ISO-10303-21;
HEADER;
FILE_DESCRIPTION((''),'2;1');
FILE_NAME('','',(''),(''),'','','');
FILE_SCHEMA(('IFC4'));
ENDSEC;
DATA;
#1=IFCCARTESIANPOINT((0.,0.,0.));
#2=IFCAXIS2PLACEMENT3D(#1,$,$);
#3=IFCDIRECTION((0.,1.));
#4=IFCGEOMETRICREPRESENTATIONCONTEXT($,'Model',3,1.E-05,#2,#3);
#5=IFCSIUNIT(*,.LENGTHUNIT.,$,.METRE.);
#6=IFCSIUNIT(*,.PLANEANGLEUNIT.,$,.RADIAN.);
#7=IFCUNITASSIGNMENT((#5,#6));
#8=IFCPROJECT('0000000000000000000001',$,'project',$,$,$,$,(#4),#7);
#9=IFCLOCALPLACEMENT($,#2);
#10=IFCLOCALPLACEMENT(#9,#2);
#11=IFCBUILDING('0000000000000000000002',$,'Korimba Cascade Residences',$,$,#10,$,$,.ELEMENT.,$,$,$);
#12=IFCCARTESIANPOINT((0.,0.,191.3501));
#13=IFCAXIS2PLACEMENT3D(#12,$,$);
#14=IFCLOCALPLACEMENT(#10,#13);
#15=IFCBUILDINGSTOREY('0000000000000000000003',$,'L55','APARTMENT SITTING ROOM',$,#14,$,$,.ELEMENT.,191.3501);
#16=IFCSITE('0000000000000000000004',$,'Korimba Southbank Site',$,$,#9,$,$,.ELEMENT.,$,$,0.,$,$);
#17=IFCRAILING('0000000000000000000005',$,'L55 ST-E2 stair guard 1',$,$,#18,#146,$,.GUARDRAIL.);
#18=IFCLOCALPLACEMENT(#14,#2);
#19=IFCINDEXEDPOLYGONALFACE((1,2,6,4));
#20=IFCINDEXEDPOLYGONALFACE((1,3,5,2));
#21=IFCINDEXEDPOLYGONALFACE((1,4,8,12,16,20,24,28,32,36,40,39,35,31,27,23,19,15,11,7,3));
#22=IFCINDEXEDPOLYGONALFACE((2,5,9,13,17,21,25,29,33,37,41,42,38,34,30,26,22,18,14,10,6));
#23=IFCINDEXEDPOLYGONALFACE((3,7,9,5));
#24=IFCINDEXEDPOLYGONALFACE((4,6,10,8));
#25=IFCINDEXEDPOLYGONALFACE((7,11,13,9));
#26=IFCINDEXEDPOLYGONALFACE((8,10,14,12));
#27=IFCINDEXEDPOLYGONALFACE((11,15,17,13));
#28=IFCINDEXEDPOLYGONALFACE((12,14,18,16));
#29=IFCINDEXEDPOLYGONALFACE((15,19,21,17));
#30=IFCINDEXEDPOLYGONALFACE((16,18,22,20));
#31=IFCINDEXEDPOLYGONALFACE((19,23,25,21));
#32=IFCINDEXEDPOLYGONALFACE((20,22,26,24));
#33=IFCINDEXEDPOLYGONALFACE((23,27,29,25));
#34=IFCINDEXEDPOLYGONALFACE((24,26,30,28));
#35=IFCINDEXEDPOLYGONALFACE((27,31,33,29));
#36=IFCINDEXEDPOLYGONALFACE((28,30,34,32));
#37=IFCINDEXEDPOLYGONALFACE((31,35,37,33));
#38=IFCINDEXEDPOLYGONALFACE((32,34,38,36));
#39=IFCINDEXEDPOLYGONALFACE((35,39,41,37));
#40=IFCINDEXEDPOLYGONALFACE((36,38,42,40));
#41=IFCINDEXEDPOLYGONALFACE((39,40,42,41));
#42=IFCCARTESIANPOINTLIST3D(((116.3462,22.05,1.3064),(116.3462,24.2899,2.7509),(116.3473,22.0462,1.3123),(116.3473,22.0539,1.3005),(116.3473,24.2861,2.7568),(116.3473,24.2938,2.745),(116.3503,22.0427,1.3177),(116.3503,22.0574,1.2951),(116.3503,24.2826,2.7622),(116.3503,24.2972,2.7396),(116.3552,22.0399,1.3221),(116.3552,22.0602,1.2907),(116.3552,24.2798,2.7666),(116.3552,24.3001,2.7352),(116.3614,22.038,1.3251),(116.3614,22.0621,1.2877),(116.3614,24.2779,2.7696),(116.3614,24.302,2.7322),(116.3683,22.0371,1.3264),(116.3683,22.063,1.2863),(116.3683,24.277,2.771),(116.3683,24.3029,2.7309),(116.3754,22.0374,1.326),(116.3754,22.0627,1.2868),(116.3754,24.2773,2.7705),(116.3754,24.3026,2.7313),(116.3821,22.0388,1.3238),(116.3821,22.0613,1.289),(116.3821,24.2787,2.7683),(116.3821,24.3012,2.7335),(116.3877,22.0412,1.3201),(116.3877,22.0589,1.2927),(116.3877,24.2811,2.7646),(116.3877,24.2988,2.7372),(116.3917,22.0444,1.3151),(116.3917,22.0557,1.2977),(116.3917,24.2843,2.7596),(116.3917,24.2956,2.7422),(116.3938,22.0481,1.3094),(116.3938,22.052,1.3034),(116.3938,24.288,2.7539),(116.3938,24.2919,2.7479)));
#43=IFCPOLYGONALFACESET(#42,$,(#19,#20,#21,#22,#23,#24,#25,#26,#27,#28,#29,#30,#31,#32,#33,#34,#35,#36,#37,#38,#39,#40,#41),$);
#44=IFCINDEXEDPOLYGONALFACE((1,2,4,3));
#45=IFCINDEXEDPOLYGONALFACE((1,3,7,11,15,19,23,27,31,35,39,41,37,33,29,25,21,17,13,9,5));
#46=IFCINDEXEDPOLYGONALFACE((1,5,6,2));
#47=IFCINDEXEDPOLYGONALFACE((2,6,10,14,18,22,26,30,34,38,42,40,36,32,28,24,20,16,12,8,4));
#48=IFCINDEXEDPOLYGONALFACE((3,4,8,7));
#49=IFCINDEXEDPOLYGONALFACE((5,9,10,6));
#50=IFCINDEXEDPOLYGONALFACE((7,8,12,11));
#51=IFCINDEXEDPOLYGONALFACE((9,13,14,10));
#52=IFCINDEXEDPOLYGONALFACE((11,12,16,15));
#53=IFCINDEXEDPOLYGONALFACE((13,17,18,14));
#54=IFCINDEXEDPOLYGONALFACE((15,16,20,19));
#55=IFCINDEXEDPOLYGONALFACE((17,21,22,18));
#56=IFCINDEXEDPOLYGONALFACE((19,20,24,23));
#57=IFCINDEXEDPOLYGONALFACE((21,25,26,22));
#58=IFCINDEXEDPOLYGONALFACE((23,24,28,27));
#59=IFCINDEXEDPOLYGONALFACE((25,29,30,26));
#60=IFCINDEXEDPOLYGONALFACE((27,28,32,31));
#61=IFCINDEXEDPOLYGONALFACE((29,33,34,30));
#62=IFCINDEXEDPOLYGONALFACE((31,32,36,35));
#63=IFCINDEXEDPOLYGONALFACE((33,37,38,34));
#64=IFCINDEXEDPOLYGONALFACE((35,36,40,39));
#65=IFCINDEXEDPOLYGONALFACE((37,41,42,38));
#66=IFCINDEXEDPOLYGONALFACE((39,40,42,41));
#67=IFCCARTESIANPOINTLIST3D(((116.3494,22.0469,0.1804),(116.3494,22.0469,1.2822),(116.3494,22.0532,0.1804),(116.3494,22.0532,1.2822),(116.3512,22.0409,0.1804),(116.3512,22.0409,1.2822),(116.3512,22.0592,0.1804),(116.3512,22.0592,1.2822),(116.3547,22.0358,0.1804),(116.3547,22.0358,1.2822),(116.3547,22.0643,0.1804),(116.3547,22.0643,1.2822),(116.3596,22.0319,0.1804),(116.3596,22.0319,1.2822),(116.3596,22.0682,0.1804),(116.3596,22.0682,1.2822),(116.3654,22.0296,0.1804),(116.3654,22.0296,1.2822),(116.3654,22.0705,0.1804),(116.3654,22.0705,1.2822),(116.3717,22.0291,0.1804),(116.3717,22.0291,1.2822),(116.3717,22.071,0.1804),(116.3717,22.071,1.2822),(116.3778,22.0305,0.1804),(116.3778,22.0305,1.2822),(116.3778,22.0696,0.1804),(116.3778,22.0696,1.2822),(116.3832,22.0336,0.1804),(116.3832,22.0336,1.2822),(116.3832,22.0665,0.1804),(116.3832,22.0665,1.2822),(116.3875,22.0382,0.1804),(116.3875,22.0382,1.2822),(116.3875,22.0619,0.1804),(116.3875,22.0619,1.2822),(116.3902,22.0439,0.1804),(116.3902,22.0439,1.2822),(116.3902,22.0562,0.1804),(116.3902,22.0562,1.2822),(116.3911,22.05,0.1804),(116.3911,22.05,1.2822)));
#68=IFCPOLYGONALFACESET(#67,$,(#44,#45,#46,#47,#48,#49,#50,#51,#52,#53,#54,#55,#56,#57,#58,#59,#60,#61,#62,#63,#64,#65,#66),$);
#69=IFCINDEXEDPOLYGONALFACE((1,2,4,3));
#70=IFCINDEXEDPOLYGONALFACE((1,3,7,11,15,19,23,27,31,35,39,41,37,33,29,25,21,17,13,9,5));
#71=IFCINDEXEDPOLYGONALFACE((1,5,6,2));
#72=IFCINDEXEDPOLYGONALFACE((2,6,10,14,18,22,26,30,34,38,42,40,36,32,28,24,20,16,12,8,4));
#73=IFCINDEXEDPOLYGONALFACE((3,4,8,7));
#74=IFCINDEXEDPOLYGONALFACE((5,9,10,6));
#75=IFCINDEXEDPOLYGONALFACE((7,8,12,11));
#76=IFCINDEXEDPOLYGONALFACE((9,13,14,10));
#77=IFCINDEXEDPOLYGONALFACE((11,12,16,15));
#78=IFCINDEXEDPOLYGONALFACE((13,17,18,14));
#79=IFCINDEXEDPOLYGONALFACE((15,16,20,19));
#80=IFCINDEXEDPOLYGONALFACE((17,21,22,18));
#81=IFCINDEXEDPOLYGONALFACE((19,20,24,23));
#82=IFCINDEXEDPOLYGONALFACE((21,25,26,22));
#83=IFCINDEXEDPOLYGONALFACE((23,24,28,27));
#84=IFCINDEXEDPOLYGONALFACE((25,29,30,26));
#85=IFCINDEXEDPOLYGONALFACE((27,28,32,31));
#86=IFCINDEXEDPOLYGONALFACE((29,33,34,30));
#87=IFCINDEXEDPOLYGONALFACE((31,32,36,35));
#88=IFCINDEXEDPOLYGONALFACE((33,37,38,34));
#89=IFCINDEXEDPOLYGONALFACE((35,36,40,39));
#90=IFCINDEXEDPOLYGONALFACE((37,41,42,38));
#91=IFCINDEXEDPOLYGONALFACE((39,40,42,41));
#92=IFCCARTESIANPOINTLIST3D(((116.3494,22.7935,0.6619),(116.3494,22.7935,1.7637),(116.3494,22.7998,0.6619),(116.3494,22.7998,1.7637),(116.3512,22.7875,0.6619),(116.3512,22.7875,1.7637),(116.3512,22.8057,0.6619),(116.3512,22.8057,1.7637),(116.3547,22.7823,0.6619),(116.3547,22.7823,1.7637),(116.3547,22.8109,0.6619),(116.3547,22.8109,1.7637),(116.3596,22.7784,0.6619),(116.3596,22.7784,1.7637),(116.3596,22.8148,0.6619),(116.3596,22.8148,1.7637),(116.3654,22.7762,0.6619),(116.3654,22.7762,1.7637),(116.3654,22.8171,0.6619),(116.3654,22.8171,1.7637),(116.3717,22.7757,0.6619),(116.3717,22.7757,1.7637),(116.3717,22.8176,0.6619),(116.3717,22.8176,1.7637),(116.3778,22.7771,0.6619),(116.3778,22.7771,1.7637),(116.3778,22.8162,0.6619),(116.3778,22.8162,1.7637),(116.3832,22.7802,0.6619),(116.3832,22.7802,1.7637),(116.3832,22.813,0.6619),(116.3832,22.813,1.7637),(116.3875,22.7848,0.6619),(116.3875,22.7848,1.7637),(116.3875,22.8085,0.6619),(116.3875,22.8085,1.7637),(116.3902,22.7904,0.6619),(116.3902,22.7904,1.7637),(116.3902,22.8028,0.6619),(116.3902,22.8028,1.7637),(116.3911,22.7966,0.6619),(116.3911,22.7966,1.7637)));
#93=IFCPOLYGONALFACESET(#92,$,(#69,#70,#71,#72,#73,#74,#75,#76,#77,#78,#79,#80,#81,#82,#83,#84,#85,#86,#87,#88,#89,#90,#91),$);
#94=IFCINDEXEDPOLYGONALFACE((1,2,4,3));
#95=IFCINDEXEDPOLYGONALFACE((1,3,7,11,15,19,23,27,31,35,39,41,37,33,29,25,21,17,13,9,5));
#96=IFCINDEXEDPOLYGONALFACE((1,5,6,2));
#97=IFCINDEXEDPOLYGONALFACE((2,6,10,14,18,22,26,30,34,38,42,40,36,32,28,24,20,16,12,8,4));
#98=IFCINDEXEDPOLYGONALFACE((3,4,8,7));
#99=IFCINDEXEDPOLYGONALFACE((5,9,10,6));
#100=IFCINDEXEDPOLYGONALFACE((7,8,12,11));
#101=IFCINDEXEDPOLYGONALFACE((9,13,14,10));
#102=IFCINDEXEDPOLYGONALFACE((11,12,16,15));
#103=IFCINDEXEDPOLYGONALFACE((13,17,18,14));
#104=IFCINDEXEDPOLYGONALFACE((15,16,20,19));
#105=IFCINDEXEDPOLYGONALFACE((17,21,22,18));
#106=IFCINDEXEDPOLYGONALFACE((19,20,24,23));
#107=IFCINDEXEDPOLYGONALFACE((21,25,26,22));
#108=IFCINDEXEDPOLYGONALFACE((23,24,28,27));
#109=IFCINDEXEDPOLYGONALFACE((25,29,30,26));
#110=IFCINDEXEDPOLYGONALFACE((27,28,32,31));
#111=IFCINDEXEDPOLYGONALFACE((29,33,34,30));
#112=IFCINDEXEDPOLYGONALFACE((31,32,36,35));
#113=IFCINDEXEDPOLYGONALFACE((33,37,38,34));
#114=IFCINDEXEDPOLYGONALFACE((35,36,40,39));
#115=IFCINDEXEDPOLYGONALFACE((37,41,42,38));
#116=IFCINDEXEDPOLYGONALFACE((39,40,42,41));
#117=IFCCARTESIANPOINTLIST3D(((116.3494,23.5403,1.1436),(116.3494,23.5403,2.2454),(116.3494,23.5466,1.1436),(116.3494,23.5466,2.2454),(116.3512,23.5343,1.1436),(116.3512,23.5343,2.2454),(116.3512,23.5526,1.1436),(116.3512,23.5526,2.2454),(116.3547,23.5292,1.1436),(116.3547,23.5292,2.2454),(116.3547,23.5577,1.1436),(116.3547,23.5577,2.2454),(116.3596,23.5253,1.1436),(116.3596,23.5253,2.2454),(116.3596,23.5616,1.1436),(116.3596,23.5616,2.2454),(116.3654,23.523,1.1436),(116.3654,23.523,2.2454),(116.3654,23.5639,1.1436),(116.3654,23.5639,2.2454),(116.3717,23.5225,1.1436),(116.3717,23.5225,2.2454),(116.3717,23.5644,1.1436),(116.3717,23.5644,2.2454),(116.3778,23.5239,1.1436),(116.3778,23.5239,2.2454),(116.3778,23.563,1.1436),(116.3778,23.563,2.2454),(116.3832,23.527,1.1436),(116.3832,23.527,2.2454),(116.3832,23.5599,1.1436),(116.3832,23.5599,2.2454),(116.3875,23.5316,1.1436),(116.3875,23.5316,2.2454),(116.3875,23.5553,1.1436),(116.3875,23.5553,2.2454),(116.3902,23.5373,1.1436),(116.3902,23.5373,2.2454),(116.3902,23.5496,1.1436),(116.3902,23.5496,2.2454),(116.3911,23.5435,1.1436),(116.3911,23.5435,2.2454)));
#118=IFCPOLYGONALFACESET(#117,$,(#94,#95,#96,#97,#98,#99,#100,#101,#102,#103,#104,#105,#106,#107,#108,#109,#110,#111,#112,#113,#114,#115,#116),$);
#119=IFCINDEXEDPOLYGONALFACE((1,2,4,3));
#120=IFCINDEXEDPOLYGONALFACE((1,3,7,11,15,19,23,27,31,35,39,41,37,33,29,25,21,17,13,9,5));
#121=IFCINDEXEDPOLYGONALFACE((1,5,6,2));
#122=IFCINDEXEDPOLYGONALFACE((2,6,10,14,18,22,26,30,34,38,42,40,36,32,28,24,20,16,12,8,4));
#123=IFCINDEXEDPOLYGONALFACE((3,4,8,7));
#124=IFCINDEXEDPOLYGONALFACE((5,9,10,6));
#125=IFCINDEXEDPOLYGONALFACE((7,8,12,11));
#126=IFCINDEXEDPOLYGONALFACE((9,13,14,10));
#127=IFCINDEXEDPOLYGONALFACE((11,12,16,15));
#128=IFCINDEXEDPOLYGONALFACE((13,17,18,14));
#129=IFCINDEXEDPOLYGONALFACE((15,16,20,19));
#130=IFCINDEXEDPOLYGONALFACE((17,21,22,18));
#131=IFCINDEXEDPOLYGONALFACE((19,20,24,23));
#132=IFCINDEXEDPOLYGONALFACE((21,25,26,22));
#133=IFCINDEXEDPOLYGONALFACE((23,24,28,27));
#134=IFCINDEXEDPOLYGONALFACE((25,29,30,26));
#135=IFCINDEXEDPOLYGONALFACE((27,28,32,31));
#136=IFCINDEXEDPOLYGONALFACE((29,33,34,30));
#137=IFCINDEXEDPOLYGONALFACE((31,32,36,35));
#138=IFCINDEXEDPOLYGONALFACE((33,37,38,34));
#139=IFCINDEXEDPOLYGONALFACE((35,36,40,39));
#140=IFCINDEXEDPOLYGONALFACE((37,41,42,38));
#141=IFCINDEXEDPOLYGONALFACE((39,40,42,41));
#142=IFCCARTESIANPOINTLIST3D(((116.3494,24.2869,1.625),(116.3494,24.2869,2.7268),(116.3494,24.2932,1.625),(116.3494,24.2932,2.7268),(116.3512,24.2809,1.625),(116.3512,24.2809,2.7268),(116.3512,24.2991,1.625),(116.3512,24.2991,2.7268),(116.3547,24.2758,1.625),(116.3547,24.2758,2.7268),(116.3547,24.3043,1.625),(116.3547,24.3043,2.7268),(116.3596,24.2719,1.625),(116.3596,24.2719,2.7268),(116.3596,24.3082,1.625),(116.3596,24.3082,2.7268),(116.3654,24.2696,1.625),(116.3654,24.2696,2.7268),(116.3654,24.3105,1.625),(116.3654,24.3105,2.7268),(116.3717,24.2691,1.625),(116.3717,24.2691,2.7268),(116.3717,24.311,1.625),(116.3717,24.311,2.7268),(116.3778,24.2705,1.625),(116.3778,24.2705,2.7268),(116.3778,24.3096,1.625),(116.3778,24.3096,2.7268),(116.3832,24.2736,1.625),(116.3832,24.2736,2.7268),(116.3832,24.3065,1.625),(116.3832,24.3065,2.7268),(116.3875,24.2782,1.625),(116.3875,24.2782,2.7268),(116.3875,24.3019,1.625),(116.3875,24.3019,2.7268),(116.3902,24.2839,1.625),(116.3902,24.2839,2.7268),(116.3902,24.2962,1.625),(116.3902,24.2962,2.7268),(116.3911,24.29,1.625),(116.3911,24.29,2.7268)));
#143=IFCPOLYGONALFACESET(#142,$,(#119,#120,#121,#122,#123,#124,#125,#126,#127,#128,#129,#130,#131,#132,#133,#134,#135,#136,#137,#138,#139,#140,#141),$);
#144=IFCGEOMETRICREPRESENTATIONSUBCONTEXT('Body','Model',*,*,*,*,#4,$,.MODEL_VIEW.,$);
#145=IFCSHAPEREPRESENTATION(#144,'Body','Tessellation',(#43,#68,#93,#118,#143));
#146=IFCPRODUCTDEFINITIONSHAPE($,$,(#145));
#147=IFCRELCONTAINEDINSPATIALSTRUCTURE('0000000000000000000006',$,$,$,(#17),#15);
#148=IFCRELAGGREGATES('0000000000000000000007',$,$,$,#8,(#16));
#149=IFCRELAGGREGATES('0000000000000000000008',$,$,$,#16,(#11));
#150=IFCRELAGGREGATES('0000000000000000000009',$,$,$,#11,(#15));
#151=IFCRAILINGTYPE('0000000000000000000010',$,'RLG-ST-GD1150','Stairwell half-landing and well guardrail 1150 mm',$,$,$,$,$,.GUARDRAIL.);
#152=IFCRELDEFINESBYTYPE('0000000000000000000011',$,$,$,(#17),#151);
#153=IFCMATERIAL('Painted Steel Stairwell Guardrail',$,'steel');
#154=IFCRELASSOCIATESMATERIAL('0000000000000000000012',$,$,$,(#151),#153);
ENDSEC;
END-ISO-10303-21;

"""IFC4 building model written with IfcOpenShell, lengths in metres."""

from ifc_helpers import new_model, si_unit, direction, frame, origin, origin_2d, place, context, subcontext, project, spatial, circle, extrude, material, type_object, element, save


model = new_model("IFC4")

# Units and contexts
model_context = context("Model", 3, precision=1e-05, world=origin(), true_north=direction((0.0, 1.0)))
body_context = subcontext(model_context, "Body", "Model", "MODEL_VIEW")
ifc_project = project(units=[si_unit("LENGTHUNIT", "METRE"), si_unit("PLANEANGLEUNIT", "RADIAN")], contexts=[model_context])

# Site, building, storey
site_placement = place(None, origin())
site = spatial("IfcSite", under=ifc_project, at=site_placement, Name="Korimba Southbank Site", CompositionType="ELEMENT", RefElevation=0.0)
building_placement = place(site_placement, origin())
building = spatial("IfcBuilding", under=site, at=building_placement, Name="Korimba Cascade Residences", CompositionType="ELEMENT")
storey_placement = place(building_placement, frame((0.0, 0.0, 191.3501)))
storey = spatial("IfcBuildingStorey", under=building, at=storey_placement, Name="L55", Description="APARTMENT SITTING ROOM", CompositionType="ELEMENT", Elevation=191.3501)

# Railing
ifc_material_1 = material(Name="Painted Steel Stairwell Guardrail", Category="steel")
railing_type_1 = type_object("IfcRailingType", Name="RLG-ST-GD1150", Description="Stairwell half-landing and well guardrail 1150 mm", PredefinedType="GUARDRAIL", material=ifc_material_1)
railing_1_placement = place(storey_placement, frame((116.3701, 22.05, 0.1804)))
element("IfcRailing", 1, at=railing_1_placement, inside=storey, type_object=railing_type_1, Name="L55 ST-E2 stair guard 1", PredefinedType="GUARDRAIL", context=body_context, shape_type="SweptSolid", body=[
    extrude(circle(Radius=0.0239, at=origin_2d()), frame((0.0, 0.0, 1.126), z_axis=(0.0, 0.840395, 0.541975), x_axis=(-1.0, 0.0, 0.0)), (0.0, 0.0, 1.0), 2.6653),
    extrude(circle(Radius=0.021, at=origin_2d()), origin(), (0.0, 0.0, 1.0), 1.1018),
    extrude(circle(Radius=0.021, at=origin_2d()), frame((0.0, 0.7466, 0.4814)), (0.0, 0.0, 1.0), 1.1018),
    extrude(circle(Radius=0.021, at=origin_2d()), frame((0.0, 1.4934, 0.9631)), (0.0, 0.0, 1.0), 1.1018),
    extrude(circle(Radius=0.021, at=origin_2d()), frame((0.0, 2.24, 1.4446)), (0.0, 0.0, 1.0), 1.1018),
])

save(model, "model.ifc")
